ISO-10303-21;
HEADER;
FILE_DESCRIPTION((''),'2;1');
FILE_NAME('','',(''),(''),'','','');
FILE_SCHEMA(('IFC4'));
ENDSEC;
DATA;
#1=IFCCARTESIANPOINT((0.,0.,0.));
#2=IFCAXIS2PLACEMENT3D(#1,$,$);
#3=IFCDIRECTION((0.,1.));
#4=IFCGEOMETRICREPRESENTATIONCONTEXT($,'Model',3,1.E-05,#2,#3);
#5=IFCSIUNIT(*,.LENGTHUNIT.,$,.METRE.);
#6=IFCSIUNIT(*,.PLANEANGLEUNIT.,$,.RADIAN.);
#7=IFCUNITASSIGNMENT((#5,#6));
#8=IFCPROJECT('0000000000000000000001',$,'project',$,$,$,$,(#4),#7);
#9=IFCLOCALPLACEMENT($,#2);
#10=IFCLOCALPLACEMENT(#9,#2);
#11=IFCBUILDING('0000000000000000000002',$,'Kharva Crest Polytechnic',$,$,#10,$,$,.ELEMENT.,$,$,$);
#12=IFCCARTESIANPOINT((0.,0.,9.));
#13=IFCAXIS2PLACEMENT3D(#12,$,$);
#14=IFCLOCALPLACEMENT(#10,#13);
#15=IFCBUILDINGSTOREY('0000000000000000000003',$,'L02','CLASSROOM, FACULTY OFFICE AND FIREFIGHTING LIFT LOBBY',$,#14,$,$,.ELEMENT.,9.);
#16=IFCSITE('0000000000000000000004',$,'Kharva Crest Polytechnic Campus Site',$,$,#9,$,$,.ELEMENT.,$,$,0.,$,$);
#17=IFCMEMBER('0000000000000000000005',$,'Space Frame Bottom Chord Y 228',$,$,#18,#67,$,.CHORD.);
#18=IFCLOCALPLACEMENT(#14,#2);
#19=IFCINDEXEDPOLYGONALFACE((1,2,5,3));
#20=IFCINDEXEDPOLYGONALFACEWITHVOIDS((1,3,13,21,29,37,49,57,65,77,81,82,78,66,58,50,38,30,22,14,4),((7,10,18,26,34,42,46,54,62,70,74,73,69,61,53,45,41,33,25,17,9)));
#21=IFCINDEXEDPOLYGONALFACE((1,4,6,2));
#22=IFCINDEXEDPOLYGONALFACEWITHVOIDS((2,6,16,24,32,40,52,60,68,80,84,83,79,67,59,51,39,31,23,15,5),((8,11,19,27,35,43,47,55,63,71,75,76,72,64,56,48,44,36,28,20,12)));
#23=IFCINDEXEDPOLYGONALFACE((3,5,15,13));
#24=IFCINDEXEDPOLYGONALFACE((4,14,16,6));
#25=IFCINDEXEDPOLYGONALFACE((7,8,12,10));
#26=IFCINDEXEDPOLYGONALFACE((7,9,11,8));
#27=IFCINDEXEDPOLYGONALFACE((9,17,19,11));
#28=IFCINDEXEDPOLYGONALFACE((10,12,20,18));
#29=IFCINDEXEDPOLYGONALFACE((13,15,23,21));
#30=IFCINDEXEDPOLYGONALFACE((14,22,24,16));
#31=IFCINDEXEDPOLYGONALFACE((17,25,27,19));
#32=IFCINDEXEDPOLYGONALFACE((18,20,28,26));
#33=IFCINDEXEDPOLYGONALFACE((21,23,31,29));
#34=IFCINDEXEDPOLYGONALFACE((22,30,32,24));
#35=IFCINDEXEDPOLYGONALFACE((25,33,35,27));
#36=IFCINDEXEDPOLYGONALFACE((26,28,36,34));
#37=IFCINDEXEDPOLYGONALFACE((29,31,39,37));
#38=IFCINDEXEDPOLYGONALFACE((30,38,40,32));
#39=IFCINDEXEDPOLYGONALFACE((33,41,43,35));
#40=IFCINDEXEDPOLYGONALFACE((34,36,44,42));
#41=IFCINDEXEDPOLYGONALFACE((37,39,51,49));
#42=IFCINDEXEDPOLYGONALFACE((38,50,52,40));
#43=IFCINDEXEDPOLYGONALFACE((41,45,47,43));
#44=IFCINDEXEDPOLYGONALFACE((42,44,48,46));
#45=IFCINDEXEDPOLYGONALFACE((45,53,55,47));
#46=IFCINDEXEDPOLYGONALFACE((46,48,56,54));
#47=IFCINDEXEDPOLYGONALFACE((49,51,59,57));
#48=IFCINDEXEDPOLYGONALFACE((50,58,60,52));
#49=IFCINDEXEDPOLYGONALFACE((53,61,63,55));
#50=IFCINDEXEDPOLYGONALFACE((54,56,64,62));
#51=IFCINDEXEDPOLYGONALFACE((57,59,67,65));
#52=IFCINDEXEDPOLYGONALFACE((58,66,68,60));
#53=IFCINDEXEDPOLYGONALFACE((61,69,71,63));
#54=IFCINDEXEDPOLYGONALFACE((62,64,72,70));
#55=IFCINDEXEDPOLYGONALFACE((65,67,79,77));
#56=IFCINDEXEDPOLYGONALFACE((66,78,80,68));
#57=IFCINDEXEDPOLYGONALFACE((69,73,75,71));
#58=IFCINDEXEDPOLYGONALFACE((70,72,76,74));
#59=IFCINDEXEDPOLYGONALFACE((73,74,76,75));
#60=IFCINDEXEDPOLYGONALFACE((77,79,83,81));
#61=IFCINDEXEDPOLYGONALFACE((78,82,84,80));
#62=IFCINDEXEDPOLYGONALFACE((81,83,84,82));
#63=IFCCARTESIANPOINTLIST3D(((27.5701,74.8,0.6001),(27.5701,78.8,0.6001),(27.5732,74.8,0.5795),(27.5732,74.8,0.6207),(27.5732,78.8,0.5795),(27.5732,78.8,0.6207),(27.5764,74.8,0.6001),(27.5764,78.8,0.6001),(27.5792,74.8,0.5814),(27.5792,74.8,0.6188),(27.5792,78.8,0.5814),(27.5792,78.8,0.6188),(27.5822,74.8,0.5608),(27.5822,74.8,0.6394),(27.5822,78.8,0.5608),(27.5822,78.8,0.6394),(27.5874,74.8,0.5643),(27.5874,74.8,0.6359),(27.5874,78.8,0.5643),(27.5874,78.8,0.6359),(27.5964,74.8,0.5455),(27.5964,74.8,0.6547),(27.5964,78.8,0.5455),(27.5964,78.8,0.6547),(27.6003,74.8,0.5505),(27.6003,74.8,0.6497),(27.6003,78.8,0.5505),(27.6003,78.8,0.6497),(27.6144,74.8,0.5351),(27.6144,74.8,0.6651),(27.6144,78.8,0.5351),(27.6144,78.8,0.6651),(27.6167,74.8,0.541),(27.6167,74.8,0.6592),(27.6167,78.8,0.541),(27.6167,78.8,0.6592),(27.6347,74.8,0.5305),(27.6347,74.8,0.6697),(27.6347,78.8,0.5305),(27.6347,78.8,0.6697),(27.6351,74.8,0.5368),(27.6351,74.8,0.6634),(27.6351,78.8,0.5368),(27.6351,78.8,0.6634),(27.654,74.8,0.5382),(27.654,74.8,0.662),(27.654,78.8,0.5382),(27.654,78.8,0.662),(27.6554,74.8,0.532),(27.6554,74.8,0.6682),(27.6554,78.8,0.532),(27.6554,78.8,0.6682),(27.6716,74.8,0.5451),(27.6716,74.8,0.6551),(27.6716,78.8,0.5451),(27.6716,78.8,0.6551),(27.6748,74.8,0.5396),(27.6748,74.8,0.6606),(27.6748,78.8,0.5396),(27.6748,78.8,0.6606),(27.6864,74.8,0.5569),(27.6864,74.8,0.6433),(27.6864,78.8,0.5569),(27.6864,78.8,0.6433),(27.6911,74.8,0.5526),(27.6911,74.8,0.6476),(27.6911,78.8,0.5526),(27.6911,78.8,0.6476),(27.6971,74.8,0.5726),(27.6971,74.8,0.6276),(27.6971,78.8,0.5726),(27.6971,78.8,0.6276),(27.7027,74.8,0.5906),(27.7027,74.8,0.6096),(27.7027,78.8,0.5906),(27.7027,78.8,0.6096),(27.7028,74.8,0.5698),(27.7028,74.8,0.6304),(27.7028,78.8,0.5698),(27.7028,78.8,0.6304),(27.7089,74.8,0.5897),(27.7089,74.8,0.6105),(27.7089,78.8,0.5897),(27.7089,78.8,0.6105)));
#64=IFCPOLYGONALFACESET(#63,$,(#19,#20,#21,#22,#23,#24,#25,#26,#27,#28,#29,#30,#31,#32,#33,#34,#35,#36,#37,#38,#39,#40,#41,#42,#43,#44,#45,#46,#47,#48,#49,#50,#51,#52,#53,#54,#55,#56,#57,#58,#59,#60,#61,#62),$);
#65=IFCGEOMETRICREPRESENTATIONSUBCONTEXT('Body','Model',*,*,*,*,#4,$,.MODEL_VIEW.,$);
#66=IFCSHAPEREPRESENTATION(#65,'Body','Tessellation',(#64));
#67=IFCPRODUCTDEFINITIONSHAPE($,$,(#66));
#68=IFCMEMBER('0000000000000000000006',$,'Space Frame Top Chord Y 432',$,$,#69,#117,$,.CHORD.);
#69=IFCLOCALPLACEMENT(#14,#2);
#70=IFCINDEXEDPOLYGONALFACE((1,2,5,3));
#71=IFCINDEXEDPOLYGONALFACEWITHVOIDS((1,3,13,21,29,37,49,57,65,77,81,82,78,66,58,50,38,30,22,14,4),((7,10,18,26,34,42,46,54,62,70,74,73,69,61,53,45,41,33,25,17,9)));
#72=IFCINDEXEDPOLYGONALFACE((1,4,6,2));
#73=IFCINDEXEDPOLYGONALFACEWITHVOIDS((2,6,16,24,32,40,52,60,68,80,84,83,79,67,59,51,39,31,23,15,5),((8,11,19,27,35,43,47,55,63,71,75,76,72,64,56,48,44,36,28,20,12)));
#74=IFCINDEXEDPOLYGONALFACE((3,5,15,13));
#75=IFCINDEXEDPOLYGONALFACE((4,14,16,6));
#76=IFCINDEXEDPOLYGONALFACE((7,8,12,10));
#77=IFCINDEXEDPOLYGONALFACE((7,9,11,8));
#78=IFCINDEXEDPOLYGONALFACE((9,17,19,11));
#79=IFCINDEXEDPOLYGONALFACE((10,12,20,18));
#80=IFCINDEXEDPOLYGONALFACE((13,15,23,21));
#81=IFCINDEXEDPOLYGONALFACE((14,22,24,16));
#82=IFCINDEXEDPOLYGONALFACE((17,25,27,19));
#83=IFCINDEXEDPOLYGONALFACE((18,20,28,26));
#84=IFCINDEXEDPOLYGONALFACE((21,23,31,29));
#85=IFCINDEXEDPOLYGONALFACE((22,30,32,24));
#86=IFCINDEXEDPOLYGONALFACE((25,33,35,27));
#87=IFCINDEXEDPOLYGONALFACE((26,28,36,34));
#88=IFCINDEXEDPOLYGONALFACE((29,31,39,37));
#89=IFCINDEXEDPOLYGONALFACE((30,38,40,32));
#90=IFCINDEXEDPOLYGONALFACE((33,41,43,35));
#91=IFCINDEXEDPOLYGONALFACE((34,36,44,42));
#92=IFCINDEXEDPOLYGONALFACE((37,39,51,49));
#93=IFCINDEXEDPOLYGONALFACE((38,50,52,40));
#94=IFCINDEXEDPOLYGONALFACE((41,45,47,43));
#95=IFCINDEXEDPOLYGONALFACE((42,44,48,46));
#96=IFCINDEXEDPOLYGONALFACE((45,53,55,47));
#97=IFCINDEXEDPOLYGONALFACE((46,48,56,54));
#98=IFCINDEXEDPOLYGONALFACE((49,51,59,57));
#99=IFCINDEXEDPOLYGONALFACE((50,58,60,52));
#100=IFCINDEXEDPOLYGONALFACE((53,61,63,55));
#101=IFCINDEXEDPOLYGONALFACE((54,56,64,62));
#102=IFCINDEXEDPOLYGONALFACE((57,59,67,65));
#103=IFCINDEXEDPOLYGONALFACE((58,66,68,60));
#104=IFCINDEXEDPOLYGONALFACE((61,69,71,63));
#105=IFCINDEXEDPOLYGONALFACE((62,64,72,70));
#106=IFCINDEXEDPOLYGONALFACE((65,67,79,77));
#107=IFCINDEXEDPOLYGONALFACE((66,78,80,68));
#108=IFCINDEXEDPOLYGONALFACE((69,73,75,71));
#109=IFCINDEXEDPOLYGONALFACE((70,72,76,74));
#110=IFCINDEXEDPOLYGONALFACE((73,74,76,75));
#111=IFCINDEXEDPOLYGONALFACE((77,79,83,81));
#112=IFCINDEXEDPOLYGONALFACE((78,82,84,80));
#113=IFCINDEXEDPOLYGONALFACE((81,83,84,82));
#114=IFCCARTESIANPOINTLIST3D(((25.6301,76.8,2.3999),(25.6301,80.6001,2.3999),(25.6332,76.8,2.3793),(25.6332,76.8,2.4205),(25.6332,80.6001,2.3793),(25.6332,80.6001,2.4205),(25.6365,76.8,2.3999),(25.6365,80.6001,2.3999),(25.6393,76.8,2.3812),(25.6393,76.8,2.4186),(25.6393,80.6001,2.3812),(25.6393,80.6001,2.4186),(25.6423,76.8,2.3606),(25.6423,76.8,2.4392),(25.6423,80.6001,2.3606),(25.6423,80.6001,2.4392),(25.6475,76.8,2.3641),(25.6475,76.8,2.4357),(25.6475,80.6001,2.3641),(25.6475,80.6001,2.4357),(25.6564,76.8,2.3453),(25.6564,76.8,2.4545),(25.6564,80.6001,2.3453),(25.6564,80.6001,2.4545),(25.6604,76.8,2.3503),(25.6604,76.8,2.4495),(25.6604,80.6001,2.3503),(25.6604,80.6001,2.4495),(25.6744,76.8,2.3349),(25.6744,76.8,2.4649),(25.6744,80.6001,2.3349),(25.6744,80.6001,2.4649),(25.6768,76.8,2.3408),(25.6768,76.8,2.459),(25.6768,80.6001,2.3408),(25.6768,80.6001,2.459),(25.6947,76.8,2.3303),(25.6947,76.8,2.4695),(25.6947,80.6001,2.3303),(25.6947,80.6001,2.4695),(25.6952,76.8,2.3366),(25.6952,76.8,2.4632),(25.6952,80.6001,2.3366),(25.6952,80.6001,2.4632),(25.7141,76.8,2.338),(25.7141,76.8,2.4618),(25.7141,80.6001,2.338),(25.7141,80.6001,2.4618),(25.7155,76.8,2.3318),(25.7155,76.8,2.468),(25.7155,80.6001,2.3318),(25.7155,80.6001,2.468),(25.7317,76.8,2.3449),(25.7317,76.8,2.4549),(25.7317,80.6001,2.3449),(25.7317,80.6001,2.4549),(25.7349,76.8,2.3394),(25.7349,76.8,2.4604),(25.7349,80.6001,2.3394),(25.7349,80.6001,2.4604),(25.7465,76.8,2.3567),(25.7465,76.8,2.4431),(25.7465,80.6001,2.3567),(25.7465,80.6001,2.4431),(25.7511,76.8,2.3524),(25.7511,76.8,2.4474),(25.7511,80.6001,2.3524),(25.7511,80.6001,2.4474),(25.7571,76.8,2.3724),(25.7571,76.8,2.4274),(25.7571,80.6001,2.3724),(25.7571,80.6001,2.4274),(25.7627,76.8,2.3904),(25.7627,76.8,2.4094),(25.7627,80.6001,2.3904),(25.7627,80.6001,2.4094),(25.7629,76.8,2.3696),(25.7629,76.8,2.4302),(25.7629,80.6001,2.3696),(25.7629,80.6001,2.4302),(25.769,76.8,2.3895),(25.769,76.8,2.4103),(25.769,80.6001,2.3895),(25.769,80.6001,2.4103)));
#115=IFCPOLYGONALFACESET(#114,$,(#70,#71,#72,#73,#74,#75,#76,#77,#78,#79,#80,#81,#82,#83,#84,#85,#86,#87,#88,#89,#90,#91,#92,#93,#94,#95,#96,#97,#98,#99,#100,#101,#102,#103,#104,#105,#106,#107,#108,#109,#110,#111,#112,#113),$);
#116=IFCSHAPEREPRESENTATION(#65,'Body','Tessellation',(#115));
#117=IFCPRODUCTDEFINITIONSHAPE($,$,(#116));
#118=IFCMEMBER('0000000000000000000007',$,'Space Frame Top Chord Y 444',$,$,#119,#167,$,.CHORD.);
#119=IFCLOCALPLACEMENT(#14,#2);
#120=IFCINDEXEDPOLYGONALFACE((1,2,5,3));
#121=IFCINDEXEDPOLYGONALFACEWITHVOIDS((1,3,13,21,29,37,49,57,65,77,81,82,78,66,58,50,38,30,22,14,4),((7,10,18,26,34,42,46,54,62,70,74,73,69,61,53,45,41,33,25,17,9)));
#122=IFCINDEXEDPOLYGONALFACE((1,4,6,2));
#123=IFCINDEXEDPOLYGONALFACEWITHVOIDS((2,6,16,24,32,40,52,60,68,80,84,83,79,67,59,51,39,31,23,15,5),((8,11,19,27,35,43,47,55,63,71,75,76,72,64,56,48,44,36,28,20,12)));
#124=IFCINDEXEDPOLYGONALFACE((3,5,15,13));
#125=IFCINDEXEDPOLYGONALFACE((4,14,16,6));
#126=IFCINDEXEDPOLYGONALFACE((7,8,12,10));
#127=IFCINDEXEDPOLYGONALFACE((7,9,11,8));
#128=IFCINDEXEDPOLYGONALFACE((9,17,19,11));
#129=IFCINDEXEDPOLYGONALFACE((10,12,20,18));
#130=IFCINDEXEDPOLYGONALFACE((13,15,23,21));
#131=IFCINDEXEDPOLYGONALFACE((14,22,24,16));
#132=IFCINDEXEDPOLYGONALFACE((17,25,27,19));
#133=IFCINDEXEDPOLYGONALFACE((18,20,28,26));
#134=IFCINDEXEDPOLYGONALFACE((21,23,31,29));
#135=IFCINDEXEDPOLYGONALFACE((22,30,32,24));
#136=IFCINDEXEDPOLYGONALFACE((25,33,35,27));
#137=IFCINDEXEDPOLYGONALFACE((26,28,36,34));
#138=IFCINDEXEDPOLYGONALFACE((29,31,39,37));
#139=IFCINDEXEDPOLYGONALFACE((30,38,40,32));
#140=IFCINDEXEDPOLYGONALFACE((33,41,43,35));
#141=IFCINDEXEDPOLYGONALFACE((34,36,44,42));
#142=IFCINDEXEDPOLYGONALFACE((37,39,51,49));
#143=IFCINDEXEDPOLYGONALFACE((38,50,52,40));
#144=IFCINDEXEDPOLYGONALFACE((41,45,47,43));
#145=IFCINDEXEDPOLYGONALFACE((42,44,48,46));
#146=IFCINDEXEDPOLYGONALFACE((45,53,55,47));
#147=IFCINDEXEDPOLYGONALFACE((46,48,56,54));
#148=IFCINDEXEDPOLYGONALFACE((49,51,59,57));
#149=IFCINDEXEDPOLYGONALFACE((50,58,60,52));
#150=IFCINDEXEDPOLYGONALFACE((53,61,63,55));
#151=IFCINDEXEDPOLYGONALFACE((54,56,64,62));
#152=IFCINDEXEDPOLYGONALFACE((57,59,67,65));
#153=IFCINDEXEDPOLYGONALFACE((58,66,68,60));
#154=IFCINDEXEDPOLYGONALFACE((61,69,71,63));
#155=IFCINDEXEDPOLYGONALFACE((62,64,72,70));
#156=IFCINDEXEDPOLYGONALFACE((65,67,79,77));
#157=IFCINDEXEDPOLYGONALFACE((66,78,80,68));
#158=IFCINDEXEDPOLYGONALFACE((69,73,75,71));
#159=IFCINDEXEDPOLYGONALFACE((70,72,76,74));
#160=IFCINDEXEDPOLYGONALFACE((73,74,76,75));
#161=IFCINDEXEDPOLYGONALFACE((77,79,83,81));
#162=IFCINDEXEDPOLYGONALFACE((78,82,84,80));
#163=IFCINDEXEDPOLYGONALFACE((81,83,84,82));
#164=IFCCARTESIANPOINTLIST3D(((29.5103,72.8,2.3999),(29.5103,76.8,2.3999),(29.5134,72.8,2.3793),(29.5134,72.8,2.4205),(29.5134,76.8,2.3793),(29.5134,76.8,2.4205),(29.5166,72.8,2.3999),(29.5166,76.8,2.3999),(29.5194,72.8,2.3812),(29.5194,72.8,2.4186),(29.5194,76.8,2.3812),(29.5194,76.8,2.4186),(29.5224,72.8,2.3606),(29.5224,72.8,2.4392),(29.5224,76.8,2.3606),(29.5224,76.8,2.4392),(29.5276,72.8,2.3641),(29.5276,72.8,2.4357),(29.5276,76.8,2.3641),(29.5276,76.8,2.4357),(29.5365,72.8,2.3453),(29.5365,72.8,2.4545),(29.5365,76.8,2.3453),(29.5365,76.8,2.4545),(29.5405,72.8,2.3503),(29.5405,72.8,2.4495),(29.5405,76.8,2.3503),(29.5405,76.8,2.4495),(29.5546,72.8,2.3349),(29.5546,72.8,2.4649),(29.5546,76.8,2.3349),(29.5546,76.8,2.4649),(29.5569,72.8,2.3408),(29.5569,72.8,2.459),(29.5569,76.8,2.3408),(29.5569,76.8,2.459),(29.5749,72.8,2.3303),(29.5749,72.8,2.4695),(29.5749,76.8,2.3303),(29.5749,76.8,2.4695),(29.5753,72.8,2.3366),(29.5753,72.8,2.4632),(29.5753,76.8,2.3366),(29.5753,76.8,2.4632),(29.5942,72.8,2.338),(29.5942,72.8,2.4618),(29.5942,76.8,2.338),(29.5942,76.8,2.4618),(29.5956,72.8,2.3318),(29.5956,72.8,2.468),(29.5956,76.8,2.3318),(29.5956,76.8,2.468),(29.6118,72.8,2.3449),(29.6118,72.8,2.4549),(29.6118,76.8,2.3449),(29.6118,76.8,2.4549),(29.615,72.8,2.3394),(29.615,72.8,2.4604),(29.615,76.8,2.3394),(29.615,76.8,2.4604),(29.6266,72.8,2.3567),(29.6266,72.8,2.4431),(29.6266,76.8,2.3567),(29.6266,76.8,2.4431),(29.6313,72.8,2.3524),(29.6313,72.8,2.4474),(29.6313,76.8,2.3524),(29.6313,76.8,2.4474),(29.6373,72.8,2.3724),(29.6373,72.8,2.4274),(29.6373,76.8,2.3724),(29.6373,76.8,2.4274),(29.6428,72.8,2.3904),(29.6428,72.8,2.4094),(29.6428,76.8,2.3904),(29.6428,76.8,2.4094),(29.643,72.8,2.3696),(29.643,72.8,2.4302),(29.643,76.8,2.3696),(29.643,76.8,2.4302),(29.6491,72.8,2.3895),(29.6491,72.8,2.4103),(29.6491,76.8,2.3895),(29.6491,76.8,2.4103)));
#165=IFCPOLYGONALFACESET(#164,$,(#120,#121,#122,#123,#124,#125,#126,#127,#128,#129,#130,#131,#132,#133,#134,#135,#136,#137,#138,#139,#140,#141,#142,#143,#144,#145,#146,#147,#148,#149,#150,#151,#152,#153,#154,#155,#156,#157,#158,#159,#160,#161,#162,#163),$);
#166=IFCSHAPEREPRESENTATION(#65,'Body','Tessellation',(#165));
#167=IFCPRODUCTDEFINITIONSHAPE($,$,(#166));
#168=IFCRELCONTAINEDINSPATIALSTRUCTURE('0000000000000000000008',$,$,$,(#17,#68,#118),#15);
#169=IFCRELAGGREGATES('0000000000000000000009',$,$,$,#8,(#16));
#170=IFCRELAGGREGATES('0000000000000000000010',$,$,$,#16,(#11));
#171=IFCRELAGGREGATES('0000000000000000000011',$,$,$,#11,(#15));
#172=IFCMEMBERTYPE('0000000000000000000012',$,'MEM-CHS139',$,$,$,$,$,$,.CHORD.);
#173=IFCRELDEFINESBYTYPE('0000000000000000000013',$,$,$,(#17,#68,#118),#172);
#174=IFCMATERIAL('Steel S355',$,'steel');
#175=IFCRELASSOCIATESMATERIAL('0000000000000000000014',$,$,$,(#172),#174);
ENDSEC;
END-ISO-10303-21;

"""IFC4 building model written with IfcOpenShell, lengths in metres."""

from ifc_helpers import new_model, si_unit, direction, frame, origin, origin_2d, place, context, subcontext, project, spatial, hollow_circle, extrude, material, material_profile, profile_set, type_object, element, save


model = new_model("IFC4")

# Units and contexts
model_context = context("Model", 3, precision=1e-05, world=origin(), true_north=direction((0.0, 1.0)))
body_context = subcontext(model_context, "Body", "Model", "MODEL_VIEW")
ifc_project = project(units=[si_unit("LENGTHUNIT", "METRE"), si_unit("PLANEANGLEUNIT", "RADIAN")], contexts=[model_context])

# Site, building, storey
site_placement = place(None, origin())
site = spatial("IfcSite", under=ifc_project, at=site_placement, Name="Kharva Crest Polytechnic Campus Site", CompositionType="ELEMENT", RefElevation=0.0)
building_placement = place(site_placement, origin())
building = spatial("IfcBuilding", under=site, at=building_placement, Name="Kharva Crest Polytechnic", CompositionType="ELEMENT")
storey_placement = place(building_placement, frame((0.0, 0.0, 9.0)))
storey = spatial("IfcBuildingStorey", under=building, at=storey_placement, Name="L02", Description="CLASSROOM, FACULTY OFFICE AND FIREFIGHTING LIFT LOBBY", CompositionType="ELEMENT", Elevation=9.0)

# Shared definitions
ifc_material_1 = material(Name="Steel S355", Category="steel")

# Members
ifc_material_profile_1 = material_profile(ifc_material_1, hollow_circle(Radius=0.0698, WallThickness=0.0063, at=origin_2d()), Name="CHS 139.7X6.3")
ifc_profile_set_1 = profile_set([ifc_material_profile_1], Name="Steel S355")
member_type_1 = type_object("IfcMemberType", Name="MEM-CHS139", PredefinedType="CHORD", material=ifc_profile_set_1)
member_1_placement = place(storey_placement, frame((27.6399, 74.8, 0.6001), z_axis=(0.0, 1.0, 0.0), x_axis=(-1.0, 0.0, 0.0)))
element("IfcMember", 1, at=member_1_placement, inside=storey, type_object=member_type_1, Name="Space Frame Bottom Chord Y 228", PredefinedType="CHORD", context=body_context, shape_type="SweptSolid", body=[
    extrude(hollow_circle(Radius=0.0698, WallThickness=0.0063, at=origin_2d()), origin(), (0.0, 0.0, 1.0), 4.0),
])
member_2_placement = place(storey_placement, frame((25.7, 76.8, 2.3999), z_axis=(0.0, 1.0, 0.0), x_axis=(-1.0, 0.0, 0.0)))
element("IfcMember", 2, at=member_2_placement, inside=storey, type_object=member_type_1, Name="Space Frame Top Chord Y 432", PredefinedType="CHORD", context=body_context, shape_type="SweptSolid", body=[
    extrude(hollow_circle(Radius=0.0698, WallThickness=0.0063, at=origin_2d()), origin(), (0.0, 0.0, 1.0), 3.8),
])
member_3_placement = place(storey_placement, frame((29.5801, 72.8, 2.3999), z_axis=(0.0, 1.0, 0.0), x_axis=(-1.0, 0.0, 0.0)))
element("IfcMember", 3, at=member_3_placement, inside=storey, type_object=member_type_1, Name="Space Frame Top Chord Y 444", PredefinedType="CHORD", context=body_context, shape_type="SweptSolid", body=[
    extrude(hollow_circle(Radius=0.0698, WallThickness=0.0063, at=origin_2d()), origin(), (0.0, 0.0, 1.0), 4.0),
])

save(model, "model.ifc")
